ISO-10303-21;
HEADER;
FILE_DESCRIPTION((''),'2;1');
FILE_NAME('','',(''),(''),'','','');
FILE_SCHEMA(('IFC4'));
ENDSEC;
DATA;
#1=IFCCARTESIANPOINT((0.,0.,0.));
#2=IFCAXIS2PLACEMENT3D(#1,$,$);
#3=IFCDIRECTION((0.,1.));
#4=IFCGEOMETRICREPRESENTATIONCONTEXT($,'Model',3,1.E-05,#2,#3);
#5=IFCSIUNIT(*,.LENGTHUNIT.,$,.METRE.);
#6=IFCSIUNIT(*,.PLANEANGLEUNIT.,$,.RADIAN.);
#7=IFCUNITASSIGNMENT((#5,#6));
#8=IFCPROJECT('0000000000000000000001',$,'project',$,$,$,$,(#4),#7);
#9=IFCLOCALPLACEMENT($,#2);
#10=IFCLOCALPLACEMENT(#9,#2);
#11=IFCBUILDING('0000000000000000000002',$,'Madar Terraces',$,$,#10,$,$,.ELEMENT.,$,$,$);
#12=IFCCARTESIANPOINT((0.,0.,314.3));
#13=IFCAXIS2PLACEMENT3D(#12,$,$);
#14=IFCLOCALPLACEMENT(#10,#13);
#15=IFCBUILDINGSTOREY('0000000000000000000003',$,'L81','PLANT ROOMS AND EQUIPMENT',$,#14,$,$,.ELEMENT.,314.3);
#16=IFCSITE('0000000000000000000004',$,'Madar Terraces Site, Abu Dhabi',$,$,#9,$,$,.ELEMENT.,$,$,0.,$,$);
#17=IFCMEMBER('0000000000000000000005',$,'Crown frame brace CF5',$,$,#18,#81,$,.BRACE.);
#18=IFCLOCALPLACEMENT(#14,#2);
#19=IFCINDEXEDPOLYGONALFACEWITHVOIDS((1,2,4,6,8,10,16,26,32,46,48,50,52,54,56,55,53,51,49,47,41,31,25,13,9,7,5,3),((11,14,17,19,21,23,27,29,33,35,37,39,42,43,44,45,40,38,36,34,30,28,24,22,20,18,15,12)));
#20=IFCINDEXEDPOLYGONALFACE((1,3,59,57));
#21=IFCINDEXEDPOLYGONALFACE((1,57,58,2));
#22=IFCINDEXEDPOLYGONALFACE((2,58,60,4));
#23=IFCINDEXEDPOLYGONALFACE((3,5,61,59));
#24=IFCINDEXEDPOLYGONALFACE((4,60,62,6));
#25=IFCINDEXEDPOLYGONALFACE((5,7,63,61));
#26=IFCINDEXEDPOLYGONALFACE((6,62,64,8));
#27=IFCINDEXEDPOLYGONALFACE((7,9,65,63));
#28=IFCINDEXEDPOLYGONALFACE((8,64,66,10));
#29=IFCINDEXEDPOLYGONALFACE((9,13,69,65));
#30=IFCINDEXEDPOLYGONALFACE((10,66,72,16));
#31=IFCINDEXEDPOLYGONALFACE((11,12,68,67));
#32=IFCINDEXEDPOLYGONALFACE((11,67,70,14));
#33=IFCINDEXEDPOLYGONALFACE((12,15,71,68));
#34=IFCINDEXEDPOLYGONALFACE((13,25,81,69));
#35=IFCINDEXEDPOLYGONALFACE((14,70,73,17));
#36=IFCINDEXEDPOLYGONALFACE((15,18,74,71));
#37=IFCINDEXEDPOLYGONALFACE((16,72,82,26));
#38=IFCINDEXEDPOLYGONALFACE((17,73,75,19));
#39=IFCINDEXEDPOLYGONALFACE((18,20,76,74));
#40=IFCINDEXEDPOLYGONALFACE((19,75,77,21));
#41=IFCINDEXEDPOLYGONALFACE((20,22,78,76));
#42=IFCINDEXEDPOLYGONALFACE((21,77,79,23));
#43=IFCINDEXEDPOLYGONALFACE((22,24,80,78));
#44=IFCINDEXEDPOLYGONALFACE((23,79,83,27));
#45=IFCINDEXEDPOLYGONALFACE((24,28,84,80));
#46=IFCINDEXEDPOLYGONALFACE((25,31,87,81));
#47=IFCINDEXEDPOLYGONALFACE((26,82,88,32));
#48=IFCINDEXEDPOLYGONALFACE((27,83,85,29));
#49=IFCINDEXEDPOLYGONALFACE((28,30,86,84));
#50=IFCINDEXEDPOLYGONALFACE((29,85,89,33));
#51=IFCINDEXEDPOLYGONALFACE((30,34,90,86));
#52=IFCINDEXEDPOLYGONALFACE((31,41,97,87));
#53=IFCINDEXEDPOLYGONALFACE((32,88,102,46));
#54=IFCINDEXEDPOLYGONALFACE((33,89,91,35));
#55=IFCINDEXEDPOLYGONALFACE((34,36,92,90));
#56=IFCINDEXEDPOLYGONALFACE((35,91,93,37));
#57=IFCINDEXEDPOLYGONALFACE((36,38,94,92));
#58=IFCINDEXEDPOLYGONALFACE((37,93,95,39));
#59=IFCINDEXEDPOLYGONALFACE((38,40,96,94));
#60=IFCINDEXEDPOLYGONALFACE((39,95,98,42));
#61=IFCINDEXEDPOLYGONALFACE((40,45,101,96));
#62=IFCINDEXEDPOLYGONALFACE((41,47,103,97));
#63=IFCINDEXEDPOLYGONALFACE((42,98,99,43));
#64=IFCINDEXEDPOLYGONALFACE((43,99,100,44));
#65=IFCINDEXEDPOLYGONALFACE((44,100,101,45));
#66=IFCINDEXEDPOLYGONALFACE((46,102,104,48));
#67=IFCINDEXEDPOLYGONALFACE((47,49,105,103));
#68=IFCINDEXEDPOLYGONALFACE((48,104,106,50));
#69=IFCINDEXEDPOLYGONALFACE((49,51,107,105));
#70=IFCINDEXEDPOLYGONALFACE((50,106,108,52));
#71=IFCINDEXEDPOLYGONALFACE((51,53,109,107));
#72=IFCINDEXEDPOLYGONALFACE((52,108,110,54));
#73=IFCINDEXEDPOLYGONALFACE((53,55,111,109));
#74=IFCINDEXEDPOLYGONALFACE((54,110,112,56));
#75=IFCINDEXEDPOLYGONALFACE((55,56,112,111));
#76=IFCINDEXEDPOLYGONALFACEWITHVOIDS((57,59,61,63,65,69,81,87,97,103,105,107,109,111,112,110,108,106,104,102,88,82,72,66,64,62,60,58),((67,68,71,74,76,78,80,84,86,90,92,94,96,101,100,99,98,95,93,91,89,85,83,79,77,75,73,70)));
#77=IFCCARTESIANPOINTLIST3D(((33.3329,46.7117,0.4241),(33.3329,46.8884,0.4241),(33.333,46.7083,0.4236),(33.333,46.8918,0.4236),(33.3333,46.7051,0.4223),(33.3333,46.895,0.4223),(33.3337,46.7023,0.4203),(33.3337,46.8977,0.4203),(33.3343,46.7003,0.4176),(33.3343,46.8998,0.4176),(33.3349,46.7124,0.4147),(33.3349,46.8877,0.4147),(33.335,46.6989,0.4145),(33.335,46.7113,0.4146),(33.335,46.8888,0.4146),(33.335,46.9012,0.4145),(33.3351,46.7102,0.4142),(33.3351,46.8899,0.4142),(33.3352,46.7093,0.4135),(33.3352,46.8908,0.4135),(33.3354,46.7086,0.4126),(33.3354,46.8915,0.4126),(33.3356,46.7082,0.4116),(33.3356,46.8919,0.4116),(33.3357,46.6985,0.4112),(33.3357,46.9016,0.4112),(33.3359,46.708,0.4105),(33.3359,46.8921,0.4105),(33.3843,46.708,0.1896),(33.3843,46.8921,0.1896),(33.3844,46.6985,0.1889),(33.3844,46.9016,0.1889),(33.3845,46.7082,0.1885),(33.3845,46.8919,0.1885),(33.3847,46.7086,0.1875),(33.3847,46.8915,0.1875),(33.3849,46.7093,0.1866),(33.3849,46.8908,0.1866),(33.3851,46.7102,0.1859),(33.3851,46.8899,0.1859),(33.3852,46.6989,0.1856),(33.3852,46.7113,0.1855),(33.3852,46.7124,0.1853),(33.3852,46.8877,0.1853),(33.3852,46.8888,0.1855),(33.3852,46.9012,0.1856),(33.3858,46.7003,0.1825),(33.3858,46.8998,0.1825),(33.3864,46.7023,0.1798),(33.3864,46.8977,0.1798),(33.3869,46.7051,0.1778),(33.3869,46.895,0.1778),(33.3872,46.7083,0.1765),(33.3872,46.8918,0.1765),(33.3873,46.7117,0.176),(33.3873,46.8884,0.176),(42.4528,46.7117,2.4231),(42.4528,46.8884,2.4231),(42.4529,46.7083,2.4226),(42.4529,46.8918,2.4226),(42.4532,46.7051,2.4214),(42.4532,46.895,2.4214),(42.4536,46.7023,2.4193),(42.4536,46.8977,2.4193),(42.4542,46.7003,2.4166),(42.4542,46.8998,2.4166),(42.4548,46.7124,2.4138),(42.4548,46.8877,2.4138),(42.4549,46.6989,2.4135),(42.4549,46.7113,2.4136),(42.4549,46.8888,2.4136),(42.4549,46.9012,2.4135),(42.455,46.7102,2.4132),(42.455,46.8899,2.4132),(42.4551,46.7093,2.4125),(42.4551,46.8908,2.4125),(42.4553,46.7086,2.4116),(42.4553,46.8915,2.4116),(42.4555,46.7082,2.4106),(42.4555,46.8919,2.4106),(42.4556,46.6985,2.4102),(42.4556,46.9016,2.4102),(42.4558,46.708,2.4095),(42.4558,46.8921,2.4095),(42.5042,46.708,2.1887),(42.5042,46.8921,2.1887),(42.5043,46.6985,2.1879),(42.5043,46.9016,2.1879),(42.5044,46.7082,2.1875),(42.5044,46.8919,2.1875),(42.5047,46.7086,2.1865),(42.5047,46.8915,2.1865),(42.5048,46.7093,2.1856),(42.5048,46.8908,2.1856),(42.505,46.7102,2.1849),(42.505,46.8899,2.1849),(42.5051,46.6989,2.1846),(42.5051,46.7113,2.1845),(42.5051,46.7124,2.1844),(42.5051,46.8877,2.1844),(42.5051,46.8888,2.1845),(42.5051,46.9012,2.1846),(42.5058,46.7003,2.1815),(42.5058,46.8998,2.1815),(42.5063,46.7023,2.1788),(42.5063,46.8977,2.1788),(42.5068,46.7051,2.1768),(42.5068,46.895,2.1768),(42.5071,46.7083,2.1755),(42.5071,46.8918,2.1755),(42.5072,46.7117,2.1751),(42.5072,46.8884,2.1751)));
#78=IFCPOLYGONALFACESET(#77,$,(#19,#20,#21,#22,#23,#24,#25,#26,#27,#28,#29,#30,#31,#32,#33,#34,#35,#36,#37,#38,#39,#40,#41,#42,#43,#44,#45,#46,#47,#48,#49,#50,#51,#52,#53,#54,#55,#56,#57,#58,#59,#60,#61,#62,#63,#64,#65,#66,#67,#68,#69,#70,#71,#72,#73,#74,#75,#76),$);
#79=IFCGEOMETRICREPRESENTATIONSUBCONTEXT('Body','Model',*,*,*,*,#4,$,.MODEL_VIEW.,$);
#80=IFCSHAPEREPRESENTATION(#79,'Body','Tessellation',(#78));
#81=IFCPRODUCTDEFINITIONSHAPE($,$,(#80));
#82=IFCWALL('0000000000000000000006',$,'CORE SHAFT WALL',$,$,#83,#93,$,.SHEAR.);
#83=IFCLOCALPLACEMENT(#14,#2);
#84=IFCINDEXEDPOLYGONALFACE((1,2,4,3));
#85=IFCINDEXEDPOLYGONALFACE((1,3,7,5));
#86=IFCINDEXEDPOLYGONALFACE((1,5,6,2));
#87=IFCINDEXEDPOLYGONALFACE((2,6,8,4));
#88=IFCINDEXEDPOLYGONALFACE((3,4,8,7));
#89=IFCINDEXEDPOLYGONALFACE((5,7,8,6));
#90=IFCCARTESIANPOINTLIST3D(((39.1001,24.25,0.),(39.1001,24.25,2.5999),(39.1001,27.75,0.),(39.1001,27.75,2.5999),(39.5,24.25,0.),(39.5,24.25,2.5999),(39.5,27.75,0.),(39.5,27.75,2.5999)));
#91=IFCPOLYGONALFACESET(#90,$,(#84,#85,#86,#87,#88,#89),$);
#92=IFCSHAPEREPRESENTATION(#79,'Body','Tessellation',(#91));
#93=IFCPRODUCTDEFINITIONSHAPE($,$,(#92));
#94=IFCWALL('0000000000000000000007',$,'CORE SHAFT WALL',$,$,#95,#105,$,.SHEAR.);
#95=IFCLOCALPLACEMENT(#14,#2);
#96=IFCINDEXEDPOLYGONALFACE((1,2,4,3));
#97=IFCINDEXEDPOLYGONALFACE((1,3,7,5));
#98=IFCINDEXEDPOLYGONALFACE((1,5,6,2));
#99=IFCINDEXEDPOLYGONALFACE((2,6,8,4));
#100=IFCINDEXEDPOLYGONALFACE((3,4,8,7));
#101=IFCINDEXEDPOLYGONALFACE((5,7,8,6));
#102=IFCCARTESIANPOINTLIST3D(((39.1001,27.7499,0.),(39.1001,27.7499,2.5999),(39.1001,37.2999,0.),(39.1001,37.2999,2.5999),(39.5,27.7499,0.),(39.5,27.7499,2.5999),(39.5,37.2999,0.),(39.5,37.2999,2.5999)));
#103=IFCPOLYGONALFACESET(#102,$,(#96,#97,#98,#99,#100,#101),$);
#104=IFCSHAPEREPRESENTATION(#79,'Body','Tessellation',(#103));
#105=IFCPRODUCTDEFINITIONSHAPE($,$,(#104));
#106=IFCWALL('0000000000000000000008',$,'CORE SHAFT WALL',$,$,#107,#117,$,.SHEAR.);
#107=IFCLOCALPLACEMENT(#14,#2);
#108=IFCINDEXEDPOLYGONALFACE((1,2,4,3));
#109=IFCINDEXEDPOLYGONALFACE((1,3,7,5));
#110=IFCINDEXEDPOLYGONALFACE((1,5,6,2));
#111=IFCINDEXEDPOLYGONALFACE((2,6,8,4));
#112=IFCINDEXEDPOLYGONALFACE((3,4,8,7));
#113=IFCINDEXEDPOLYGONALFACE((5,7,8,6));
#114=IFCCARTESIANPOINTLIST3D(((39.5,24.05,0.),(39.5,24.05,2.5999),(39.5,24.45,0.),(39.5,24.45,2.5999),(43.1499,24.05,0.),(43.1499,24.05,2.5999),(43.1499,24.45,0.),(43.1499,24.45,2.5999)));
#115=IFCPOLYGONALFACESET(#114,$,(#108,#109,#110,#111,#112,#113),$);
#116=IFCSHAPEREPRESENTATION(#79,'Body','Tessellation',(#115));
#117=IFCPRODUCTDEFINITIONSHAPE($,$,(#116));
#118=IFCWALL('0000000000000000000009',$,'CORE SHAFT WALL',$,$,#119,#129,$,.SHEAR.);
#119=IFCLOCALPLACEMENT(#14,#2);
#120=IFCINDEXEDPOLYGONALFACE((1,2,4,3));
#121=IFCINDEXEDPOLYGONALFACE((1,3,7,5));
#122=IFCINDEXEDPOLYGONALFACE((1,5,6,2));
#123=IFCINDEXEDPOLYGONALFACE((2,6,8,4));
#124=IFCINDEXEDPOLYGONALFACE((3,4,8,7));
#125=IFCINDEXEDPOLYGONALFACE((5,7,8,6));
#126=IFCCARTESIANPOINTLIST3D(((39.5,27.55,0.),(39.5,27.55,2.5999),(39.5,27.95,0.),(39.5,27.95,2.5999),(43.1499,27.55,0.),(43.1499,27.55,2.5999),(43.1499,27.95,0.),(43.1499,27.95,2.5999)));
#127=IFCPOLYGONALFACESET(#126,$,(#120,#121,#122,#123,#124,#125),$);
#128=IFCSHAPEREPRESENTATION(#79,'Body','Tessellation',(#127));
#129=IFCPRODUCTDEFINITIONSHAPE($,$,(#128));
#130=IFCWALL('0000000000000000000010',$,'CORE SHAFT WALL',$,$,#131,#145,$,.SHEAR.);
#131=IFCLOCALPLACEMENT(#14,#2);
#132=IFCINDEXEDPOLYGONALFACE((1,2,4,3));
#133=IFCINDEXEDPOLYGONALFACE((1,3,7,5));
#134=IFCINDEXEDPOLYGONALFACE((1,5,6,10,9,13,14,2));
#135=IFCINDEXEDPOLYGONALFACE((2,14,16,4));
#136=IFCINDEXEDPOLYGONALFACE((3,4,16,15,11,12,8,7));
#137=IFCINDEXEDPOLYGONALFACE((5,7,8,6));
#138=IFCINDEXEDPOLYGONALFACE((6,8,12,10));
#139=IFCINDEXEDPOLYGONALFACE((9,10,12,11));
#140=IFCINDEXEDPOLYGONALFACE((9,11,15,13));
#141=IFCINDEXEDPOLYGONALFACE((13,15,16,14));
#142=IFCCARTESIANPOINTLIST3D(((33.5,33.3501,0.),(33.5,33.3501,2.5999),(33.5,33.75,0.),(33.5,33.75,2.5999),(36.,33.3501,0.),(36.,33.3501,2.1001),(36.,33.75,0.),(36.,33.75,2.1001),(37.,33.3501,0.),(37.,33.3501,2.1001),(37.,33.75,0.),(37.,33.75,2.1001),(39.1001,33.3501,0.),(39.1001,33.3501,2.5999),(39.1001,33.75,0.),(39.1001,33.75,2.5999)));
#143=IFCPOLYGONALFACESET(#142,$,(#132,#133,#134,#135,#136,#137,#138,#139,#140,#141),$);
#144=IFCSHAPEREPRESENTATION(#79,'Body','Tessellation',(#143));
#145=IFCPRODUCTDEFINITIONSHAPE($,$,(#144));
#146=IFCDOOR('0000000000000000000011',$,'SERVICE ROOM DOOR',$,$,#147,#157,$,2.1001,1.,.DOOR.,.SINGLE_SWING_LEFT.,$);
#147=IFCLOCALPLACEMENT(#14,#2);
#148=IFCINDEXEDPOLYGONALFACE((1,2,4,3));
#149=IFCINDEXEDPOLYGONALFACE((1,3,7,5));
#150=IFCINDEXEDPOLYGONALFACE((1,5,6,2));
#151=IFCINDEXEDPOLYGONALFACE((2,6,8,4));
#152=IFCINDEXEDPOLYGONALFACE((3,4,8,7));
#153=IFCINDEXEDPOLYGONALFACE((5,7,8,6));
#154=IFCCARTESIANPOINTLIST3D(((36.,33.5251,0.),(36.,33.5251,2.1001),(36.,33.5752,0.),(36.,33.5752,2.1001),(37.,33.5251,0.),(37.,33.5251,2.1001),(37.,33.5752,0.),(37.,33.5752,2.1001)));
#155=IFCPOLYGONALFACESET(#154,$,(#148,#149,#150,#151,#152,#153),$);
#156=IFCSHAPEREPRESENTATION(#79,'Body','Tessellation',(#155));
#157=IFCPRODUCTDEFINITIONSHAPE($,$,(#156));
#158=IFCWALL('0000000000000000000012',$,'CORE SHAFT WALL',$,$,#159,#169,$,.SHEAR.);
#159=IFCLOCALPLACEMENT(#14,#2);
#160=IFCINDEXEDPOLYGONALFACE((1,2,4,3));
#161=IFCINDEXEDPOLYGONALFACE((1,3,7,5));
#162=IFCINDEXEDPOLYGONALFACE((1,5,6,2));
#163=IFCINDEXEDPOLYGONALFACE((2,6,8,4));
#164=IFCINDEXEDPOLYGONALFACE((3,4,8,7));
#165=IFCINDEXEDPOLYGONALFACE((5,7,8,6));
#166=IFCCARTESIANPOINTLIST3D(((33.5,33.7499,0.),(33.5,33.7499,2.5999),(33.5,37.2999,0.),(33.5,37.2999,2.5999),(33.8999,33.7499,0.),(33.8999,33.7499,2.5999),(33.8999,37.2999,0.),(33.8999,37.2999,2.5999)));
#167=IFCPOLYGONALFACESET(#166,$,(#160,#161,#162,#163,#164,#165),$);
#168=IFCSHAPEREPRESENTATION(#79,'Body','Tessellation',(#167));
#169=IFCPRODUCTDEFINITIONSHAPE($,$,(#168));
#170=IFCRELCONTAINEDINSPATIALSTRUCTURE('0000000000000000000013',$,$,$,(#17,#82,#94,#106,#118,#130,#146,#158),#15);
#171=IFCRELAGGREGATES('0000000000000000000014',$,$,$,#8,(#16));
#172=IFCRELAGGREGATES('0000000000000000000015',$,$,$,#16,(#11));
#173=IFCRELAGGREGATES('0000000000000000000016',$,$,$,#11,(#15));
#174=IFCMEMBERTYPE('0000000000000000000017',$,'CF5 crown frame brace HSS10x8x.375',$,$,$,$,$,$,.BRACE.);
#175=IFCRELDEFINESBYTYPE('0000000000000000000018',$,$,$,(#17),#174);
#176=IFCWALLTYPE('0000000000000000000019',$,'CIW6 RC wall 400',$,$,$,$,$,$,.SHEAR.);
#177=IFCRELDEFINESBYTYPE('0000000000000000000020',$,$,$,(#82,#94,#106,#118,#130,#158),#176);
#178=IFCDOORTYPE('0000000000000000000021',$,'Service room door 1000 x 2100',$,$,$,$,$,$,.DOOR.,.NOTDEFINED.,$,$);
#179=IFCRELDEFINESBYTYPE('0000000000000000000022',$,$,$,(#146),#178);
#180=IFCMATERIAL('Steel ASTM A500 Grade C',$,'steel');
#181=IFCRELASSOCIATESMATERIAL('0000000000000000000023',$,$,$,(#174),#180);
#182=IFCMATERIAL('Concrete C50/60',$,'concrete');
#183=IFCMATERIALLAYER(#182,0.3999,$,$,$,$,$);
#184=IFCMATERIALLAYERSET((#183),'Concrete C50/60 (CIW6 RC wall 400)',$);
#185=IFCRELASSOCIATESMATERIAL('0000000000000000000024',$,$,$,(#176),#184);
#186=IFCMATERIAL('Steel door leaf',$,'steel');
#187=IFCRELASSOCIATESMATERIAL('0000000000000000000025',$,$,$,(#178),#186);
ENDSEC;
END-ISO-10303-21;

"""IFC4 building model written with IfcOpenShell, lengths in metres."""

from ifc_helpers import new_model, si_unit, direction, frame, frame_2d, origin, origin_2d, place, context, subcontext, project, spatial, rectangle, hollow_rectangle, extrude, material, layer, layer_set, material_profile, profile_set, type_object, element, fill, save


model = new_model("IFC4")

# Units and contexts
model_context = context("Model", 3, precision=1e-05, world=origin(), true_north=direction((0.0, 1.0)))
body_context = subcontext(model_context, "Body", "Model", "MODEL_VIEW")
ifc_project = project(units=[si_unit("LENGTHUNIT", "METRE"), si_unit("PLANEANGLEUNIT", "RADIAN")], contexts=[model_context])

# Site, building, storey
site_placement = place(None, origin())
site = spatial("IfcSite", under=ifc_project, at=site_placement, Name="Madar Terraces Site, Abu Dhabi", CompositionType="ELEMENT", RefElevation=0.0)
building_placement = place(site_placement, origin())
building = spatial("IfcBuilding", under=site, at=building_placement, Name="Madar Terraces", CompositionType="ELEMENT")
storey_placement = place(building_placement, frame((0.0, 0.0, 314.3)))
storey = spatial("IfcBuildingStorey", under=building, at=storey_placement, Name="L81", Description="PLANT ROOMS AND EQUIPMENT", CompositionType="ELEMENT", Elevation=314.3)

# Member
ifc_material_1 = material(Name="Steel ASTM A500 Grade C", Category="steel")
ifc_material_profile_1 = material_profile(ifc_material_1, hollow_rectangle(XDim=0.2031, YDim=0.2539, WallThickness=0.0095, InnerFilletRadius=0.0044, OuterFilletRadius=0.0132, at=origin_2d()), Name="HSS10x8x.375")
ifc_profile_set_1 = profile_set([ifc_material_profile_1], Name="Steel ASTM A500 Grade C")
member_type = type_object("IfcMemberType", Name="CF5 crown frame brace HSS10x8x.375", PredefinedType="BRACE", material=ifc_profile_set_1)
member_placement = place(storey_placement, frame((42.48, 46.8, 2.2991), z_axis=(-0.976809, 0.0, -0.214111), x_axis=(0.0, -1.0, 0.0)))
element("IfcMember", 1, at=member_placement, inside=storey, type_object=member_type, Name="Crown frame brace CF5", PredefinedType="BRACE", context=body_context, shape_type="SweptSolid", body=[
    extrude(hollow_rectangle(XDim=0.2031, YDim=0.2539, WallThickness=0.0095, InnerFilletRadius=0.0044, OuterFilletRadius=0.0132, at=origin_2d()), origin(), (0.0, 0.0, 1.0), 9.3364),
])

# Walls
ifc_material_2 = material(Name="Concrete C50/60", Category="concrete")
ifc_layer = layer(ifc_material_2, 0.3999)
ifc_layer_set = layer_set([ifc_layer], Name="Concrete C50/60 (CIW6 RC wall 400)")
wall_type = type_object("IfcWallType", Name="CIW6 RC wall 400", PredefinedType="SHEAR", material=ifc_layer_set)
wall_1_placement = place(storey_placement, frame((39.3, 24.25, 0.0), z_axis=(0.0, 0.0, 1.0), x_axis=(0.0, 1.0, 0.0)))
element("IfcWall", 2, at=wall_1_placement, inside=storey, type_object=wall_type, Name="CORE SHAFT WALL", PredefinedType="SHEAR", context=body_context, shape_type="SweptSolid", body=[
    extrude(rectangle(XDim=3.5, YDim=0.3999, at=frame_2d((1.75, 0.0))), origin(), (0.0, 0.0, 1.0), 2.5999),
])
wall_2_placement = place(storey_placement, frame((39.3, 27.75, 0.0), z_axis=(0.0, 0.0, 1.0), x_axis=(0.0, 1.0, 0.0)))
element("IfcWall", 3, at=wall_2_placement, inside=storey, type_object=wall_type, Name="CORE SHAFT WALL", PredefinedType="SHEAR", context=body_context, shape_type="SweptSolid", body=[
    extrude(rectangle(XDim=9.55, YDim=0.3999, at=frame_2d((4.7749, 0.0))), origin(), (0.0, 0.0, 1.0), 2.5999),
])
for number, where, z_axis, x_axis, name in (
    (4, (39.5, 24.25, 0.0), (0.0, 0.0, 1.0), (1.0, 0.0, 0.0), "CORE SHAFT WALL"),
    (5, (39.5, 27.75, 0.0), (0.0, 0.0, 1.0), (1.0, 0.0, 0.0), "CORE SHAFT WALL"),
):
    element("IfcWall", number, at=place(storey_placement, frame(where, z_axis=z_axis, x_axis=x_axis)), inside=storey, type_object=wall_type, Name=name, PredefinedType="SHEAR", context=body_context, shape_type="SweptSolid", body=[
        extrude(rectangle(XDim=3.6499, YDim=0.3999, at=frame_2d((1.825, 0.0))), origin(), (0.0, 0.0, 1.0), 2.5999),
    ])

# Wall, opening, door
wall_3_placement = place(storey_placement, frame((33.5, 33.55, 0.0), z_axis=(0.0, 0.0, 1.0), x_axis=(1.0, 0.0, 0.0)))
wall_3 = element("IfcWall", 6, at=wall_3_placement, inside=storey, type_object=wall_type, Name="CORE SHAFT WALL", PredefinedType="SHEAR", context=body_context, shape_type="SweptSolid", body=[
    extrude(rectangle(XDim=5.6001, YDim=0.3999, at=frame_2d((2.8, 0.0))), origin(), (0.0, 0.0, 1.0), 2.5999),
])
opening_placement = place(wall_3_placement, frame((2.5, 0.0, 0.0)))
opening = element("IfcOpeningElement", 7, at=opening_placement, cuts=wall_3, PredefinedType="OPENING", context=body_context, shape_type="SweptSolid", body=[
    extrude(rectangle(XDim=1.0, YDim=2.1001, at=frame_2d((0.5, 1.05))), frame((0.0, 0.21, 0.0), z_axis=(0.0, -1.0, 0.0), x_axis=(1.0, 0.0, 0.0)), (0.0, 0.0, 1.0), 0.4199),
])
ifc_material_3 = material(Name="Steel door leaf", Category="steel")
door_type = type_object("IfcDoorType", Name="Service room door 1000 x 2100", OperationType="NOTDEFINED", PredefinedType="DOOR", material=ifc_material_3)
door_placement = place(opening_placement, frame((1.0, 0.0, 0.0), z_axis=(0.0, 0.0, 1.0), x_axis=(-1.0, 0.0, 0.0)))
door = element("IfcDoor", 8, at=door_placement, inside=storey, type_object=door_type, Name="SERVICE ROOM DOOR", OperationType="SINGLE_SWING_LEFT", OverallHeight=2.1001, OverallWidth=1.0, PredefinedType="DOOR", context=body_context, shape_type="SweptSolid", body=[
    extrude(rectangle(XDim=1.0, YDim=2.1001, at=frame_2d((0.5, 1.05))), frame((0.0, 0.0249, 0.0), z_axis=(0.0, -1.0, 0.0), x_axis=(1.0, 0.0, 0.0)), (0.0, 0.0, 1.0), 0.05),
])
fill(opening, door)

# Wall
wall_4_placement = place(storey_placement, frame((33.7, 33.75, 0.0), z_axis=(0.0, 0.0, 1.0), x_axis=(0.0, 1.0, 0.0)))
element("IfcWall", 9, at=wall_4_placement, inside=storey, type_object=wall_type, Name="CORE SHAFT WALL", PredefinedType="SHEAR", context=body_context, shape_type="SweptSolid", body=[
    extrude(rectangle(XDim=3.55, YDim=0.3999, at=frame_2d((1.7749, 0.0))), origin(), (0.0, 0.0, 1.0), 2.5999),
])

save(model, "model.ifc")
